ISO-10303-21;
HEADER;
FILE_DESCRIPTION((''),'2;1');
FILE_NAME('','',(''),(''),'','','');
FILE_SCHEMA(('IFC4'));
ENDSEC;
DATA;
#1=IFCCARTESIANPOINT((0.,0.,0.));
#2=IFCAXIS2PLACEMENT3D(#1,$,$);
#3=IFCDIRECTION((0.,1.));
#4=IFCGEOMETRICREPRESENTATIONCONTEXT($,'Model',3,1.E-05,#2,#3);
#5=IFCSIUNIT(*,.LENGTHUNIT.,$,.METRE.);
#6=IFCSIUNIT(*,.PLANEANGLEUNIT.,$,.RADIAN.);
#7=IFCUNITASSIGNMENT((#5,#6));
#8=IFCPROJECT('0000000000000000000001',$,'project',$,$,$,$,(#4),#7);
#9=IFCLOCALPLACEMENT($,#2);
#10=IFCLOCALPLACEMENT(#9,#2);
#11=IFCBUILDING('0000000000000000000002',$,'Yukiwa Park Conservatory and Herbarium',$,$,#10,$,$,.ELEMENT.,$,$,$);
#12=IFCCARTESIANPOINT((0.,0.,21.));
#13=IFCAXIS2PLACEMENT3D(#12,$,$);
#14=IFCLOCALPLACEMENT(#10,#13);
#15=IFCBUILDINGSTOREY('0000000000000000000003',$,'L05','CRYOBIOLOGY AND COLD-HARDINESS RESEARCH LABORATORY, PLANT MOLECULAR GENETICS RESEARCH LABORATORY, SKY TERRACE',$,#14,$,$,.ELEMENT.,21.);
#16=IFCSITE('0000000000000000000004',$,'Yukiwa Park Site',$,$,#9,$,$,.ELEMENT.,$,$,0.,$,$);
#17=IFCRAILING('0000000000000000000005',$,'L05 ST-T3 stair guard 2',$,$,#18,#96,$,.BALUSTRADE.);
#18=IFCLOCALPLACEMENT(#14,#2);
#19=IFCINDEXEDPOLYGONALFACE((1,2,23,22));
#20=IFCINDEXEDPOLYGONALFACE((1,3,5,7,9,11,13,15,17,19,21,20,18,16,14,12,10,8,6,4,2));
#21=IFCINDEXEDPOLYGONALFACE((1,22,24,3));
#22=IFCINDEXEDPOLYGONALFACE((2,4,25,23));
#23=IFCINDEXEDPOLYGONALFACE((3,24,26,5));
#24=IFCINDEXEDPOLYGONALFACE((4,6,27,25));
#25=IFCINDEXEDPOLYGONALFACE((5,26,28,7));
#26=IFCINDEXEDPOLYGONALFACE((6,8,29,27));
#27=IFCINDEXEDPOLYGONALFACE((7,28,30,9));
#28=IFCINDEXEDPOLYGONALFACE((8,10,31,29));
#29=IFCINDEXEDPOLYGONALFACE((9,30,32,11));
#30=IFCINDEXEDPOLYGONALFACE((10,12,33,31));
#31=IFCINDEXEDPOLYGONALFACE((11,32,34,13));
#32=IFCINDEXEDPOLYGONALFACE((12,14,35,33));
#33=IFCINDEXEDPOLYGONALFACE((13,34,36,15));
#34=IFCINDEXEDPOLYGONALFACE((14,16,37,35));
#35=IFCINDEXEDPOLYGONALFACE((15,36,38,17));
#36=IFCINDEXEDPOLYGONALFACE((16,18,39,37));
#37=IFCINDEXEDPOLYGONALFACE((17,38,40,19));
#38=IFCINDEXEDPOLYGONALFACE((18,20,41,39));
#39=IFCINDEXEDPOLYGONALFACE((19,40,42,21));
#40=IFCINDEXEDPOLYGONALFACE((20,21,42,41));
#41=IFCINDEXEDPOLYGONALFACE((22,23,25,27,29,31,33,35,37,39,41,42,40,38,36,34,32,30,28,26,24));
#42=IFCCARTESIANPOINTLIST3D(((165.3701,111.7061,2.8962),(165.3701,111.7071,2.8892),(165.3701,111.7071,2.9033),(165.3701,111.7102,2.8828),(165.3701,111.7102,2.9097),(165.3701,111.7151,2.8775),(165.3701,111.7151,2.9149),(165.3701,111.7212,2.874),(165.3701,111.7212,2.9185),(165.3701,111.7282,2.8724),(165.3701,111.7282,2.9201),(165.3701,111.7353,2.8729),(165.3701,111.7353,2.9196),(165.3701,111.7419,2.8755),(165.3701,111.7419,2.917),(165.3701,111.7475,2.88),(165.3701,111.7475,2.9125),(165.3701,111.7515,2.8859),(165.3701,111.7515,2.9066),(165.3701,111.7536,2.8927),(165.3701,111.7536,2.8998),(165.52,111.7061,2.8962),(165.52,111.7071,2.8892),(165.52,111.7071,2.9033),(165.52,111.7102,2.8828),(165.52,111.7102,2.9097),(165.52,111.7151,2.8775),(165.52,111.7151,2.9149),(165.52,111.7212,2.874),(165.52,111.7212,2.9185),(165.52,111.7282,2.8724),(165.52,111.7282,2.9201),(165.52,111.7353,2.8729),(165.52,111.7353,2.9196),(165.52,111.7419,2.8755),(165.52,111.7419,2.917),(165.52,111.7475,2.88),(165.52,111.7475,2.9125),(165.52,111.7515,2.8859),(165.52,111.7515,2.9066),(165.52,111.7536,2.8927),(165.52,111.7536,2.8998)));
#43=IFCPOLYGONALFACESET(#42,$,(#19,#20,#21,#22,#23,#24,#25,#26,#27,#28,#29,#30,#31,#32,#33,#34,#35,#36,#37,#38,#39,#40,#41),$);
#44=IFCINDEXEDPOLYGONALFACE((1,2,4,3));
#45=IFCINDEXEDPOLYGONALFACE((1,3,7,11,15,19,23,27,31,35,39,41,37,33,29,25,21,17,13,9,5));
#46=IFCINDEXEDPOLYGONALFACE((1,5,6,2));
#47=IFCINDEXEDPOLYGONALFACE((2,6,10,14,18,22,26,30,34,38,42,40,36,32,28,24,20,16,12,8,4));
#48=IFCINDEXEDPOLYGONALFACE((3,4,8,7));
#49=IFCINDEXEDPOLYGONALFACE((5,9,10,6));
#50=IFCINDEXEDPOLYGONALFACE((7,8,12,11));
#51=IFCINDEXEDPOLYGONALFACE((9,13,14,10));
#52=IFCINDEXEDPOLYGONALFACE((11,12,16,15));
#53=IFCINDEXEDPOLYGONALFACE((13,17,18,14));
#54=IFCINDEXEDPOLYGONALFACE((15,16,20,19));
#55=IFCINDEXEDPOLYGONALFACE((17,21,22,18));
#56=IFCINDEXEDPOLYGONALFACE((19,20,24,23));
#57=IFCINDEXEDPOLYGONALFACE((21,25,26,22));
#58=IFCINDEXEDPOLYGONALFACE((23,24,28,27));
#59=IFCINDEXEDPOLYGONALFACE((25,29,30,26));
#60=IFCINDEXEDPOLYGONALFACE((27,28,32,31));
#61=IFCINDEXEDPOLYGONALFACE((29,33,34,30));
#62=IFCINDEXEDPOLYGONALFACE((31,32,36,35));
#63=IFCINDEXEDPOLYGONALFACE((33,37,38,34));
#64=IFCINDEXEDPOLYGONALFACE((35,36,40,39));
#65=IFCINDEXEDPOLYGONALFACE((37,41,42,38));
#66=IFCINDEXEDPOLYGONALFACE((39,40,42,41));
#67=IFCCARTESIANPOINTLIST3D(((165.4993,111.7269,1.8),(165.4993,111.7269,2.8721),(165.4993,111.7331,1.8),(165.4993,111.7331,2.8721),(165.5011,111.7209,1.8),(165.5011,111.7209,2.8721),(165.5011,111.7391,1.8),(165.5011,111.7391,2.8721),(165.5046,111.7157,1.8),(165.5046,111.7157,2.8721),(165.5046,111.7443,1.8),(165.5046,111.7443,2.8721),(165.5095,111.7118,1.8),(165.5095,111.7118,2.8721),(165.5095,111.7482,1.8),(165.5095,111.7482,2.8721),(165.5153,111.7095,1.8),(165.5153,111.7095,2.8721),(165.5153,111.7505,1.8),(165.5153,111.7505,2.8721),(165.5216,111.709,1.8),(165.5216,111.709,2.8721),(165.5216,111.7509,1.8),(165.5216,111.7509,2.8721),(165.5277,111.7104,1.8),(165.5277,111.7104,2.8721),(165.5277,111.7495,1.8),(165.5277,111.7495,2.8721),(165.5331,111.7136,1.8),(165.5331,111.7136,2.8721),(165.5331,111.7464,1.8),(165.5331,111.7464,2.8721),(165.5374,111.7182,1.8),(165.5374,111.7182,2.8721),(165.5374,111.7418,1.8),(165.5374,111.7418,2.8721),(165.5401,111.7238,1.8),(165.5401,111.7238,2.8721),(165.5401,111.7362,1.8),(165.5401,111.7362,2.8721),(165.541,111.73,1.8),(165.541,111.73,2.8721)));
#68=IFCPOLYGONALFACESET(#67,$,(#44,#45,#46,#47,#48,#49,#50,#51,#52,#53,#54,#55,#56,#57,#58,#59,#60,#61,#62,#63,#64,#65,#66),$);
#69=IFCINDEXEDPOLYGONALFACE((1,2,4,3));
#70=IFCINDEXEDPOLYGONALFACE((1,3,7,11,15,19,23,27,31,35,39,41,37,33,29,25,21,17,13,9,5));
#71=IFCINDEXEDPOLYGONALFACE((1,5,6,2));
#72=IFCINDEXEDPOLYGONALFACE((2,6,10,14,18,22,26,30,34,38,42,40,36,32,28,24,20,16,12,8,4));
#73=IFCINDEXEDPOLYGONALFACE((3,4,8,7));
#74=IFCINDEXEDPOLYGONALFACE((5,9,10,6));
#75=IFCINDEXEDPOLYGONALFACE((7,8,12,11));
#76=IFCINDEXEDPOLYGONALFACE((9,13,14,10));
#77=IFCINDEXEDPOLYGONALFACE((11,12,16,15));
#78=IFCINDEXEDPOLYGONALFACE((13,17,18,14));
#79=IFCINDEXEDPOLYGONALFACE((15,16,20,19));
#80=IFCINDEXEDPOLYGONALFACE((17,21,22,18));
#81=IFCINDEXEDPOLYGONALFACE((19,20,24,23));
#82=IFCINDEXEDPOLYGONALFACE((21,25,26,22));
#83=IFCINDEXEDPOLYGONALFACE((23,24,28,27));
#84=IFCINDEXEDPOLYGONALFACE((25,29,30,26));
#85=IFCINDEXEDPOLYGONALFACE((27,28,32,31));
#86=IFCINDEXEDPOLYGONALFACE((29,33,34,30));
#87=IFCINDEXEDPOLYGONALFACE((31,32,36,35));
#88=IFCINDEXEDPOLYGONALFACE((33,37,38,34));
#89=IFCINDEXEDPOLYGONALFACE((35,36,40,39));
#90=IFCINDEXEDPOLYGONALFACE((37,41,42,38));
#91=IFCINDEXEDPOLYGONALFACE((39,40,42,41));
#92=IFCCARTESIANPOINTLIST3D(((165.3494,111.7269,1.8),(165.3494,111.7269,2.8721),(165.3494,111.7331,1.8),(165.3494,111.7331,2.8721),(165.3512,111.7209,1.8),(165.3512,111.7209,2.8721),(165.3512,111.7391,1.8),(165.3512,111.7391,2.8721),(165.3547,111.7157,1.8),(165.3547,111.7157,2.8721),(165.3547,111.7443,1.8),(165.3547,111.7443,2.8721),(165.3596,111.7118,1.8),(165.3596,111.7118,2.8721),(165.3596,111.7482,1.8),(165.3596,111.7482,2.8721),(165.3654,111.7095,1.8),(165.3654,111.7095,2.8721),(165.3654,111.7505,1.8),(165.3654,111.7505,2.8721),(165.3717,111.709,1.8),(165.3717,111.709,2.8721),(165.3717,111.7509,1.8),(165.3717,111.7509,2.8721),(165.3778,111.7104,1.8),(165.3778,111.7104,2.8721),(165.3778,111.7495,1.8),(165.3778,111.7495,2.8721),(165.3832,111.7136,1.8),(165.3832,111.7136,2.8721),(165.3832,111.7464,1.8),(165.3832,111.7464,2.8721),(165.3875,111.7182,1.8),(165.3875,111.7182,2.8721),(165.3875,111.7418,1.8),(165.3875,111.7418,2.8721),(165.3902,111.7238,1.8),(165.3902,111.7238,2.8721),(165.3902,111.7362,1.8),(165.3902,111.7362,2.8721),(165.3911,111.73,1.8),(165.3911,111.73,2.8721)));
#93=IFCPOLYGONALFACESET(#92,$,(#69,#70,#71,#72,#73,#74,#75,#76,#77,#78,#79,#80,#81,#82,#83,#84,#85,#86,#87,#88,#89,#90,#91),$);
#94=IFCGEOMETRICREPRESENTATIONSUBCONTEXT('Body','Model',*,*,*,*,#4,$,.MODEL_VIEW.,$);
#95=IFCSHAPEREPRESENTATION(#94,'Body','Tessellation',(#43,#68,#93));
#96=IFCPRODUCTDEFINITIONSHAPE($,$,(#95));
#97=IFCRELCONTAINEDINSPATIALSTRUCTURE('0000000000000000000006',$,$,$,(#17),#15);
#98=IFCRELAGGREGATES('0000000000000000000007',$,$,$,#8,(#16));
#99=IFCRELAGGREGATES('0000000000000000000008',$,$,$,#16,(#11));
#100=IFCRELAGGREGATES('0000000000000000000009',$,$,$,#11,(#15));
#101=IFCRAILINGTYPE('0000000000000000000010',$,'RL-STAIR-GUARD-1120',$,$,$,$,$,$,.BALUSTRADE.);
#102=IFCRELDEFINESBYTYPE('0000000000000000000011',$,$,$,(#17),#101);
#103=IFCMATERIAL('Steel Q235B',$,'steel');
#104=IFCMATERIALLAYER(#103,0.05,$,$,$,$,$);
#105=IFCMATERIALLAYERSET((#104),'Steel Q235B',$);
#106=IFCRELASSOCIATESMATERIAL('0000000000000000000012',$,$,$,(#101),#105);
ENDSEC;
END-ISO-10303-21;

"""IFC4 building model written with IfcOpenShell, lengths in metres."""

from ifc_helpers import new_model, si_unit, direction, frame, origin, origin_2d, place, context, subcontext, project, spatial, circle, extrude, material, layer, layer_set, type_object, element, save


model = new_model("IFC4")

# Units and contexts
model_context = context("Model", 3, precision=1e-05, world=origin(), true_north=direction((0.0, 1.0)))
body_context = subcontext(model_context, "Body", "Model", "MODEL_VIEW")
ifc_project = project(units=[si_unit("LENGTHUNIT", "METRE"), si_unit("PLANEANGLEUNIT", "RADIAN")], contexts=[model_context])

# Site, building, storey
site_placement = place(None, origin())
site = spatial("IfcSite", under=ifc_project, at=site_placement, Name="Yukiwa Park Site", CompositionType="ELEMENT", RefElevation=0.0)
building_placement = place(site_placement, origin())
building = spatial("IfcBuilding", under=site, at=building_placement, Name="Yukiwa Park Conservatory and Herbarium", CompositionType="ELEMENT")
storey_placement = place(building_placement, frame((0.0, 0.0, 21.0)))
storey = spatial("IfcBuildingStorey", under=building, at=storey_placement, Name="L05", Description="CRYOBIOLOGY AND COLD-HARDINESS RESEARCH LABORATORY, PLANT MOLECULAR GENETICS RESEARCH LABORATORY, SKY TERRACE", CompositionType="ELEMENT", Elevation=21.0)

# Railing
ifc_material_1 = material(Name="Steel Q235B", Category="steel")
ifc_layer_1 = layer(ifc_material_1, 0.05)
ifc_layer_set_1 = layer_set([ifc_layer_1], Name="Steel Q235B")
railing_type_1 = type_object("IfcRailingType", Name="RL-STAIR-GUARD-1120", PredefinedType="BALUSTRADE", material=ifc_layer_set_1)
railing_1_placement = place(storey_placement, frame((165.52, 111.73, 1.8)))
element("IfcRailing", 1, at=railing_1_placement, inside=storey, type_object=railing_type_1, Name="L05 ST-T3 stair guard 2", PredefinedType="BALUSTRADE", context=body_context, shape_type="SweptSolid", body=[
    extrude(circle(Radius=0.0239, at=origin_2d()), frame((0.0, 0.0, 1.0962), z_axis=(-1.0, 0.0, 0.0), x_axis=(0.0, -1.0, 0.0)), (0.0, 0.0, 1.0), 0.1499),
    extrude(circle(Radius=0.021, at=origin_2d()), origin(), (0.0, 0.0, 1.0), 1.072),
    extrude(circle(Radius=0.021, at=origin_2d()), frame((-0.1499, 0.0, 0.0)), (0.0, 0.0, 1.0), 1.072),
])

save(model, "model.ifc")
